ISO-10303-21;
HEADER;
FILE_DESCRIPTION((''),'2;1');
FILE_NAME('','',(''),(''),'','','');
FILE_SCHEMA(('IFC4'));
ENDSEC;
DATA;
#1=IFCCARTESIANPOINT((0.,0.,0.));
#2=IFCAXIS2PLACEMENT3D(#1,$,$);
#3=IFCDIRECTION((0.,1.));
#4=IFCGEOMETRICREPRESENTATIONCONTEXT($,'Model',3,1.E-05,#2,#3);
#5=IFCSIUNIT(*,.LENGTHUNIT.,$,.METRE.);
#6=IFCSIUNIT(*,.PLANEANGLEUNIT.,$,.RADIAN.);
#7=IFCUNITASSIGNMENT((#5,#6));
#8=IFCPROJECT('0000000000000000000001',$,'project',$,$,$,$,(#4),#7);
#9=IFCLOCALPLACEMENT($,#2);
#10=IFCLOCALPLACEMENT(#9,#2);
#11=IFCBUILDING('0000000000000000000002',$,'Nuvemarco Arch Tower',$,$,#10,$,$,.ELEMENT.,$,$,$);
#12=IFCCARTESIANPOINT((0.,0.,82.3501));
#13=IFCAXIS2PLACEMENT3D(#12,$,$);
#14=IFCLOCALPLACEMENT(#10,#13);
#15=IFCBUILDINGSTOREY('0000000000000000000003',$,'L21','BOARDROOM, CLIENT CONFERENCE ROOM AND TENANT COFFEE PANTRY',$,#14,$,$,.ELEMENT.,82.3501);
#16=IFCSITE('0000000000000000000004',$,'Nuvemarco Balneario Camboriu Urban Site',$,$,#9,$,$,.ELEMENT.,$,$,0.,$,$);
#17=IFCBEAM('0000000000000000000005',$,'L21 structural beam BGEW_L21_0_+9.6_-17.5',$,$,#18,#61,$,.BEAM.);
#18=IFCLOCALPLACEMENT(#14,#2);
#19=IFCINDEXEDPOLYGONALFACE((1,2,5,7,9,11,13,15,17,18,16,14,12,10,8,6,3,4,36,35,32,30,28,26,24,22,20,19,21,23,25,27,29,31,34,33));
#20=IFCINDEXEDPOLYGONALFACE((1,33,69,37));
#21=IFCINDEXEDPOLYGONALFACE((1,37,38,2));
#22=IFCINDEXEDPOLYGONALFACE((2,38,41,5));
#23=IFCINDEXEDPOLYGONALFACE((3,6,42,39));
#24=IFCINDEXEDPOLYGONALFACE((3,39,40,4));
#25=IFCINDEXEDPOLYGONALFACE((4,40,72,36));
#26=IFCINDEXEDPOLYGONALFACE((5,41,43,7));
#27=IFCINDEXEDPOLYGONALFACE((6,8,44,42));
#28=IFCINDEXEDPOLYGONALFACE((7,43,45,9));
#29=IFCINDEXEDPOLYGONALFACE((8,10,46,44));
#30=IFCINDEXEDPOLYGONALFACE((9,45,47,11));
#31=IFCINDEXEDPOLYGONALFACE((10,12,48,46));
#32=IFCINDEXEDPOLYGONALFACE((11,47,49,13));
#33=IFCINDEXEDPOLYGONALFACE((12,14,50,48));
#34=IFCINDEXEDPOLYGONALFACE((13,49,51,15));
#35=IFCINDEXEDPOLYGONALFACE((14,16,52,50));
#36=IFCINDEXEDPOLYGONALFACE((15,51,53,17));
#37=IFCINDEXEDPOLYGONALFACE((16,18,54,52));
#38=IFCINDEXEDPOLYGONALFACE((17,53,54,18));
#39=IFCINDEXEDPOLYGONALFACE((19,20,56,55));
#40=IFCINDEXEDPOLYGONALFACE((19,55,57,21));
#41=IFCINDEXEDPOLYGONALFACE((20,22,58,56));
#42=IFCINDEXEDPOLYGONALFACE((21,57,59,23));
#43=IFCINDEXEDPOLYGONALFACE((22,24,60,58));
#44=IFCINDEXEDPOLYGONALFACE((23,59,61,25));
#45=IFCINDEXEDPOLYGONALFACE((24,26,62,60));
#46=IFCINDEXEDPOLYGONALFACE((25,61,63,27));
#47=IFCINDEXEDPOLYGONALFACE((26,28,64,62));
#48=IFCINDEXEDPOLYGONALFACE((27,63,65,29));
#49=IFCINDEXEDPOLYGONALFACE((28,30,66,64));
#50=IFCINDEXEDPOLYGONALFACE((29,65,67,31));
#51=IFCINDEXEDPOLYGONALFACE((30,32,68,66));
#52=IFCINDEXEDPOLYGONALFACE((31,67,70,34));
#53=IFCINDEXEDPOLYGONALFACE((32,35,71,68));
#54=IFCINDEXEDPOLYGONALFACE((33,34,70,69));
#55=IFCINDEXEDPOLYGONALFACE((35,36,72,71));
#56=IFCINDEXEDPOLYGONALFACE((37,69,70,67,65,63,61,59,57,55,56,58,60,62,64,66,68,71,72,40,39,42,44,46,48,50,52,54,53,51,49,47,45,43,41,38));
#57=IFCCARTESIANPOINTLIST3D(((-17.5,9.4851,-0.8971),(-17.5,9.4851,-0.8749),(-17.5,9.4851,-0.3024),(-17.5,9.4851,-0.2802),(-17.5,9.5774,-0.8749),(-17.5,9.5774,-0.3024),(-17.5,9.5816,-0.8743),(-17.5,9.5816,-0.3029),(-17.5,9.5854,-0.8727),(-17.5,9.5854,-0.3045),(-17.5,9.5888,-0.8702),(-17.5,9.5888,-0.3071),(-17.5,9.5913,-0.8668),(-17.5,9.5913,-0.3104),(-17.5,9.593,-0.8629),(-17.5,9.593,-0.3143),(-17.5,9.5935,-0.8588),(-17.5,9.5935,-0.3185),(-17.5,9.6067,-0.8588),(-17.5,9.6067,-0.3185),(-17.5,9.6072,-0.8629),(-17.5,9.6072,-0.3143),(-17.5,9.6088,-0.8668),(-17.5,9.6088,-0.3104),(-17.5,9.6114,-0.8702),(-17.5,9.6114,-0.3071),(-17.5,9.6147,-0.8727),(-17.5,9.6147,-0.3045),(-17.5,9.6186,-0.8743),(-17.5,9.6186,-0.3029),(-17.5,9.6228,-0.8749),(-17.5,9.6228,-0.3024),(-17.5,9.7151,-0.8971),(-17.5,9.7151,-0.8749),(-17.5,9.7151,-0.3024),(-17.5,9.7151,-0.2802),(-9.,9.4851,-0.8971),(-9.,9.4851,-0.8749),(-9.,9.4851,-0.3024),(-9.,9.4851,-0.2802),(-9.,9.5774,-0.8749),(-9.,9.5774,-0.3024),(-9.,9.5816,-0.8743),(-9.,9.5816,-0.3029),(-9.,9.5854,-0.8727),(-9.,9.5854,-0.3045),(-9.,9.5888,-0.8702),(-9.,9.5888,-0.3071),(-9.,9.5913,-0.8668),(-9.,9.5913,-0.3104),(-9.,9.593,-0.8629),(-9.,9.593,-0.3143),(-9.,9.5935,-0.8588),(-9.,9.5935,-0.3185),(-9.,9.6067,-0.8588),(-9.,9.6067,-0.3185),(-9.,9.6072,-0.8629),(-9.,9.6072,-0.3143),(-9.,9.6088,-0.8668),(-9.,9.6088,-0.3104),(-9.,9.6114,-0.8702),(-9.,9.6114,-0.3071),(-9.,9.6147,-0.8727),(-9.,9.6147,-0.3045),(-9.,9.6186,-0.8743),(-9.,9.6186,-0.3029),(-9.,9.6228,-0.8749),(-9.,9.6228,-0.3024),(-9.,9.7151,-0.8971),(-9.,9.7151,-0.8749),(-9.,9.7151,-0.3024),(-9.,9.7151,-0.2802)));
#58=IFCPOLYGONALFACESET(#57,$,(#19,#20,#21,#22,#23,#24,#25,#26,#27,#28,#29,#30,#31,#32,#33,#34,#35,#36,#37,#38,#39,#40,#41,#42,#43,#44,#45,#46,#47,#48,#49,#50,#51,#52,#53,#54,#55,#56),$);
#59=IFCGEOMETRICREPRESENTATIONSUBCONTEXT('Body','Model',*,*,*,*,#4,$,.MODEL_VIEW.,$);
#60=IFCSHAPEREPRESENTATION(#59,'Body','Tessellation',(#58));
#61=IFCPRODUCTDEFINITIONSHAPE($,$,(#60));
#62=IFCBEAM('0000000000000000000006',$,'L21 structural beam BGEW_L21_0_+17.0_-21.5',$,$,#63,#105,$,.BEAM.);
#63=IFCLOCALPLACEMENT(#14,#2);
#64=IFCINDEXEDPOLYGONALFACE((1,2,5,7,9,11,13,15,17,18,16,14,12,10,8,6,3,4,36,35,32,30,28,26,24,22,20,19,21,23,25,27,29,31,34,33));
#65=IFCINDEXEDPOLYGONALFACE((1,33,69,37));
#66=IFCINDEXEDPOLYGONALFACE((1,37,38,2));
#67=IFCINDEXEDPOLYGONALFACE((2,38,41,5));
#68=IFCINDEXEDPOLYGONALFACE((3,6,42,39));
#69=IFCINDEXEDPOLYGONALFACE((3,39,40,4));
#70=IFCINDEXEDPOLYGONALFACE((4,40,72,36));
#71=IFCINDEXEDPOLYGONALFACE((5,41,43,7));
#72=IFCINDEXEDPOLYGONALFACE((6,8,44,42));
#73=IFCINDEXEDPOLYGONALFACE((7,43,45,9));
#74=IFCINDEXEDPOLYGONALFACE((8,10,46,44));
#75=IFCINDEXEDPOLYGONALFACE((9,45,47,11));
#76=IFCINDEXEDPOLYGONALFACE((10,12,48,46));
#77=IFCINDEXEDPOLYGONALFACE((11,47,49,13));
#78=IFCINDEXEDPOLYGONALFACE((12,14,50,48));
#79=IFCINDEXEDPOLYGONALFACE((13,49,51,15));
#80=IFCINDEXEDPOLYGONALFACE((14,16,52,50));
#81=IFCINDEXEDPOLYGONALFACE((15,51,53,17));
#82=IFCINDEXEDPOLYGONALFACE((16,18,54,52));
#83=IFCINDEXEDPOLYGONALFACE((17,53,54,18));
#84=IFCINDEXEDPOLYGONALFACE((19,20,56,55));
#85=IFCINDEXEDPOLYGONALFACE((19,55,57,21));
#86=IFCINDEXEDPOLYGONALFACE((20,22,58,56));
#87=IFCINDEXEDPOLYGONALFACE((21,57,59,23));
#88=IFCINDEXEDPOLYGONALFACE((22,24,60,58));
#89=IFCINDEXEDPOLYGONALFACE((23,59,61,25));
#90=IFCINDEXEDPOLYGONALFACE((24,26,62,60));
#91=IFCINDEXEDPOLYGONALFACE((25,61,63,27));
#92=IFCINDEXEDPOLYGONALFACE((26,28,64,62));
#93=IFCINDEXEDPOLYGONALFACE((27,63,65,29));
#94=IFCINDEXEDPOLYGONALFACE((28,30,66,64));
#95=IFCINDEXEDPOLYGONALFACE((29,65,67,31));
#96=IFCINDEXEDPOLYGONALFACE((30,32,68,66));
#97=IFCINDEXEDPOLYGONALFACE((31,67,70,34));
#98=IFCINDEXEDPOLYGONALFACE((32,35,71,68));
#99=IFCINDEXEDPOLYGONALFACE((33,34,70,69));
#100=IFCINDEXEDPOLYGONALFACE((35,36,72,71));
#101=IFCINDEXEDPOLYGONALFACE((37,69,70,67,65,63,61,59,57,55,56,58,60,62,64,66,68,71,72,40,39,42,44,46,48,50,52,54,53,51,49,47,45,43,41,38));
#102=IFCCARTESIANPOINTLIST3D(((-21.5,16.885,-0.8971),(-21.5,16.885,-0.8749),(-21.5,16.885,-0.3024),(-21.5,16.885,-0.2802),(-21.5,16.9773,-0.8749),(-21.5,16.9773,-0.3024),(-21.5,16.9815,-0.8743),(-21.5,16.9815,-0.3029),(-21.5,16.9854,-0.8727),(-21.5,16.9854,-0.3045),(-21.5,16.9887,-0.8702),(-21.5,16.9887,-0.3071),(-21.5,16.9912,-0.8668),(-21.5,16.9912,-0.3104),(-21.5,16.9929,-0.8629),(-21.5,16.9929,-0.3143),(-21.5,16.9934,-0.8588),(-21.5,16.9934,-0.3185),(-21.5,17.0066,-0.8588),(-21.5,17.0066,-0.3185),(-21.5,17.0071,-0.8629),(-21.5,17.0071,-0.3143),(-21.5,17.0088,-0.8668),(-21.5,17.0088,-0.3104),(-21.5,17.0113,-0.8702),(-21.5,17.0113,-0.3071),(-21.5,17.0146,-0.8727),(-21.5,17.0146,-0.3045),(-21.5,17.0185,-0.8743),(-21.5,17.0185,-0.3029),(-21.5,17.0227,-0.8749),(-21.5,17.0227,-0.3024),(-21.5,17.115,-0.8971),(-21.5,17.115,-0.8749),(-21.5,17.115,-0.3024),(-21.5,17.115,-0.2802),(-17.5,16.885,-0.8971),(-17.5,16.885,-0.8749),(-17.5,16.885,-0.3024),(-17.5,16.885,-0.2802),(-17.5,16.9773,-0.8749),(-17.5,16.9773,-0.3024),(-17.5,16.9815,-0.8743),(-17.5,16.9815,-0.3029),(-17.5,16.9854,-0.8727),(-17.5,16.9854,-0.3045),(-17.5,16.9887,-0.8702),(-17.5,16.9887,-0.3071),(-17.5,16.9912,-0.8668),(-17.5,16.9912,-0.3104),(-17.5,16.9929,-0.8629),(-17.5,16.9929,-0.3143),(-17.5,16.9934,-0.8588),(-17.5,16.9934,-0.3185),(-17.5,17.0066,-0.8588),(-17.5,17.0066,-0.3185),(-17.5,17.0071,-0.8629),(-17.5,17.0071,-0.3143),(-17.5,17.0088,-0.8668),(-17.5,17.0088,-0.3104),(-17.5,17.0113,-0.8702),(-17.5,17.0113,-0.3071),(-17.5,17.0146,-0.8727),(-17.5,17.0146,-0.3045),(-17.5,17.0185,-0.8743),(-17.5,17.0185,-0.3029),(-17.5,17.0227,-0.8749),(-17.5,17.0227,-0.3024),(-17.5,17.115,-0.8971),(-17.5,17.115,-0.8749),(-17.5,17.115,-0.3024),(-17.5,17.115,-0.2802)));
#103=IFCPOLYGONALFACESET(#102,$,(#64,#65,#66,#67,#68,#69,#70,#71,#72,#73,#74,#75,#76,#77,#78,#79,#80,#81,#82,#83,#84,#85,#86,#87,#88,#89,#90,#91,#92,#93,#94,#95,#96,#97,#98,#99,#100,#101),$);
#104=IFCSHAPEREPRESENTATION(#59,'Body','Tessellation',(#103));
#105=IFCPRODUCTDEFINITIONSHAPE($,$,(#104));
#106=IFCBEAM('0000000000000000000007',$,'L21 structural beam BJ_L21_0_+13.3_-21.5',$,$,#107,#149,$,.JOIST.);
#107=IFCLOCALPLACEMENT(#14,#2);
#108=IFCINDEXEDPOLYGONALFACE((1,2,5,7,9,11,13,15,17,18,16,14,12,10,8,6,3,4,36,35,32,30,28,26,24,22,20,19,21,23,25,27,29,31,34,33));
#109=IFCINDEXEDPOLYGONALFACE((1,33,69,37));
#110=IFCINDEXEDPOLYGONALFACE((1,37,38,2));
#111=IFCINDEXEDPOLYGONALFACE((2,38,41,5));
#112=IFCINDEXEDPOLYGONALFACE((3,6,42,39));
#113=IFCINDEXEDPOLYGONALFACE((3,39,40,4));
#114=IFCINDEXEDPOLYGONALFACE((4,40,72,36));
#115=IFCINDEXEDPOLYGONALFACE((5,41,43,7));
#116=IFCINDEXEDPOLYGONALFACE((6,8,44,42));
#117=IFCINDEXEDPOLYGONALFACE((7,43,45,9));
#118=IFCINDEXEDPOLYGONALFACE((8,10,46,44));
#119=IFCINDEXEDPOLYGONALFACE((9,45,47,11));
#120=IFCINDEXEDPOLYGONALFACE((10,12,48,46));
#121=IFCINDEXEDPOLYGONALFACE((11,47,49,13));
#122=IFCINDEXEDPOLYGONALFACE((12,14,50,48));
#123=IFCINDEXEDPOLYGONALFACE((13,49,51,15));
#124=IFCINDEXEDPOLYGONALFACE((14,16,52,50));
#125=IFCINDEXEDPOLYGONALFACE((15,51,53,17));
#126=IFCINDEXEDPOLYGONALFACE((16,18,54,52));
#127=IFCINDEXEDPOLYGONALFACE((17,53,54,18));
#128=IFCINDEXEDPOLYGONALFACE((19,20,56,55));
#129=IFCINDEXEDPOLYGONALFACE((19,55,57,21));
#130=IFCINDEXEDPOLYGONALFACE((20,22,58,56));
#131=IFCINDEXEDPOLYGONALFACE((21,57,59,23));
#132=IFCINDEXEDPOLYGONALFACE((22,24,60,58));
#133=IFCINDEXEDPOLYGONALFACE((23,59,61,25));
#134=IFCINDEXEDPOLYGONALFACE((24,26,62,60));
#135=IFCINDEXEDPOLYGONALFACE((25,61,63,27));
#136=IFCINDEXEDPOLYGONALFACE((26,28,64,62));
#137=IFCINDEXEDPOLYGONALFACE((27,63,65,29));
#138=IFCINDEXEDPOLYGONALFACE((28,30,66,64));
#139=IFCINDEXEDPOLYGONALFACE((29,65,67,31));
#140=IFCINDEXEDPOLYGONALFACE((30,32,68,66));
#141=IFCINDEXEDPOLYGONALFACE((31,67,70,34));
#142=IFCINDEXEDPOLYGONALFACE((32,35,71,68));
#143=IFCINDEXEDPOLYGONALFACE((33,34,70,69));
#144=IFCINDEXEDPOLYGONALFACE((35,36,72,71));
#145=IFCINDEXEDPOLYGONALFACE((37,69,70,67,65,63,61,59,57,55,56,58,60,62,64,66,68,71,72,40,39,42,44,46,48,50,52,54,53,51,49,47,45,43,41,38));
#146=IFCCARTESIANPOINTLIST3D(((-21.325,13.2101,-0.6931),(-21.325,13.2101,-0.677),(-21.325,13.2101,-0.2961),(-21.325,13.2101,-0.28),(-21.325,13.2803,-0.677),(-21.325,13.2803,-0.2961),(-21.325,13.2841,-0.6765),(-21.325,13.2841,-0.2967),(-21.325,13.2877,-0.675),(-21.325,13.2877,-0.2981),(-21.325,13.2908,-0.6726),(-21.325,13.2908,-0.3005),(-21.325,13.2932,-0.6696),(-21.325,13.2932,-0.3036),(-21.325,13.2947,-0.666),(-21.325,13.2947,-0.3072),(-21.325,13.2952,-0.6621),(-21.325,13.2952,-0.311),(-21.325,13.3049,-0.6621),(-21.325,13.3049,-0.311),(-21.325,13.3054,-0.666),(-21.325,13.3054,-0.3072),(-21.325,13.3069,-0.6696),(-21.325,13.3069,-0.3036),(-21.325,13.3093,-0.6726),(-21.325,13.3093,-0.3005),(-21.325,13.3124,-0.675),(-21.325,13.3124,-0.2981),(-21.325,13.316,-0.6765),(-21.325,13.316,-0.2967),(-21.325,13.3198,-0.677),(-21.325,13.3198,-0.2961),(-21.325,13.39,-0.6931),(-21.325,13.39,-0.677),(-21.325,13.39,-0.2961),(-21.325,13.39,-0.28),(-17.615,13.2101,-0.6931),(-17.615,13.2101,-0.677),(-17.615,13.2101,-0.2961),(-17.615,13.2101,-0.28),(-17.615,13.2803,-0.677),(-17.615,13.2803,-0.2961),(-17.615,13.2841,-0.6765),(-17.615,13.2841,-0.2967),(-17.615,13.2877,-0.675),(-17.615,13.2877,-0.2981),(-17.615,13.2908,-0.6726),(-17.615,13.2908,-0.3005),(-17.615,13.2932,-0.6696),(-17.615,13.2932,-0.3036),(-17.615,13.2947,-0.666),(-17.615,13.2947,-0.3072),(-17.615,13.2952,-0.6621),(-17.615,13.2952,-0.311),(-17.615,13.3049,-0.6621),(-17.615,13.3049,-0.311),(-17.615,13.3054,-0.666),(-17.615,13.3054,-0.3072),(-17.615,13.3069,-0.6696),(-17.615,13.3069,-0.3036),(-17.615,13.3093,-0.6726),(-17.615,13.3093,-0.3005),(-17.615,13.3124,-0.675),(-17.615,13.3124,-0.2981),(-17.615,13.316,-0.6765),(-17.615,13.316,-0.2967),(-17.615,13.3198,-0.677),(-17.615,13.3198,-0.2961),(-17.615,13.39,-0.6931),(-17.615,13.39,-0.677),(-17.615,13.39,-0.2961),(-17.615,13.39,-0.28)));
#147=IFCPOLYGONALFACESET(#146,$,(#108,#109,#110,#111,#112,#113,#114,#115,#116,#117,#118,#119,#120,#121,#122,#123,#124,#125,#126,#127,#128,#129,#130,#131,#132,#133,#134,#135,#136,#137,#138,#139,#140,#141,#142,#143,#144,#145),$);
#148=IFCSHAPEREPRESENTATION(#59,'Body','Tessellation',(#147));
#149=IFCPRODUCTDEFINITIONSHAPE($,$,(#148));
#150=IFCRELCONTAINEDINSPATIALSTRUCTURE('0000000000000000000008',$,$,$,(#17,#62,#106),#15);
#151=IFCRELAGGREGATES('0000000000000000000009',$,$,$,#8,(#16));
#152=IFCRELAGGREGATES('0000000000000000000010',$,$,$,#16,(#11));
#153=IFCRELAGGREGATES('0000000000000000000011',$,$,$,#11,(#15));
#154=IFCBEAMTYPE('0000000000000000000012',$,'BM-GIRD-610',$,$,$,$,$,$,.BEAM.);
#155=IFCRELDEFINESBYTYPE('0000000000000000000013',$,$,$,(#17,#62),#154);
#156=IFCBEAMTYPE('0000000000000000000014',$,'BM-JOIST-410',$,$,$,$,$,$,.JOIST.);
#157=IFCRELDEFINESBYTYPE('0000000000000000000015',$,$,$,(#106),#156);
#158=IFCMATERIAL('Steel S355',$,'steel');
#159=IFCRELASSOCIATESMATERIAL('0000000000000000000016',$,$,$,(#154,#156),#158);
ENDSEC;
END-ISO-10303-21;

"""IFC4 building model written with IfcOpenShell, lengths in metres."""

from ifc_helpers import new_model, si_unit, direction, frame, origin, origin_2d, place, context, subcontext, project, spatial, i_section, extrude, material, material_profile, profile_set, type_object, element, save


model = new_model("IFC4")

# Units and contexts
model_context = context("Model", 3, precision=1e-05, world=origin(), true_north=direction((0.0, 1.0)))
body_context = subcontext(model_context, "Body", "Model", "MODEL_VIEW")
ifc_project = project(units=[si_unit("LENGTHUNIT", "METRE"), si_unit("PLANEANGLEUNIT", "RADIAN")], contexts=[model_context])

# Site, building, storey
site_placement = place(None, origin())
site = spatial("IfcSite", under=ifc_project, at=site_placement, Name="Nuvemarco Balneario Camboriu Urban Site", CompositionType="ELEMENT", RefElevation=0.0)
building_placement = place(site_placement, origin())
building = spatial("IfcBuilding", under=site, at=building_placement, Name="Nuvemarco Arch Tower", CompositionType="ELEMENT")
storey_placement = place(building_placement, frame((0.0, 0.0, 82.3501)))
storey = spatial("IfcBuildingStorey", under=building, at=storey_placement, Name="L21", Description="BOARDROOM, CLIENT CONFERENCE ROOM AND TENANT COFFEE PANTRY", CompositionType="ELEMENT", Elevation=82.3501)

# Shared definitions
ifc_material_1 = material(Name="Steel S355", Category="steel")

# Beams
ifc_material_profile_1 = material_profile(ifc_material_1, i_section(OverallWidth=0.23, OverallDepth=0.6169, WebThickness=0.0132, FlangeThickness=0.0222, FilletRadius=0.0161, at=origin_2d()), Name="W610x140")
ifc_profile_set_1 = profile_set([ifc_material_profile_1], Name="Steel S355")
beam_type_1 = type_object("IfcBeamType", Name="BM-GIRD-610", PredefinedType="BEAM", material=ifc_profile_set_1)
beam_1_placement = place(storey_placement, frame((-17.5, 9.6001, -0.5886), z_axis=(1.0, 0.0, 0.0), x_axis=(0.0, 1.0, 0.0)))
element("IfcBeam", 1, at=beam_1_placement, inside=storey, type_object=beam_type_1, Name="L21 structural beam BGEW_L21_0_+9.6_-17.5", PredefinedType="BEAM", context=body_context, shape_type="SweptSolid", body=[
    extrude(i_section(OverallWidth=0.23, OverallDepth=0.6169, WebThickness=0.0132, FlangeThickness=0.0222, FilletRadius=0.0161, at=origin_2d()), origin(), (0.0, 0.0, 1.0), 8.5),
])
beam_2_placement = place(storey_placement, frame((-21.5, 17.0, -0.5886), z_axis=(1.0, 0.0, 0.0), x_axis=(0.0, 1.0, 0.0)))
element("IfcBeam", 2, at=beam_2_placement, inside=storey, type_object=beam_type_1, Name="L21 structural beam BGEW_L21_0_+17.0_-21.5", PredefinedType="BEAM", context=body_context, shape_type="SweptSolid", body=[
    extrude(i_section(OverallWidth=0.23, OverallDepth=0.6169, WebThickness=0.0132, FlangeThickness=0.0222, FilletRadius=0.0161, at=origin_2d()), origin(), (0.0, 0.0, 1.0), 4.0),
])
ifc_material_profile_2 = material_profile(ifc_material_1, i_section(OverallWidth=0.1799, OverallDepth=0.4131, WebThickness=0.0098, FlangeThickness=0.0161, FilletRadius=0.0149, at=origin_2d()), Name="W410x75")
ifc_profile_set_2 = profile_set([ifc_material_profile_2], Name="Steel S355")
beam_type_2 = type_object("IfcBeamType", Name="BM-JOIST-410", PredefinedType="JOIST", material=ifc_profile_set_2)
beam_3_placement = place(storey_placement, frame((-21.325, 13.3, -0.4866), z_axis=(1.0, 0.0, 0.0), x_axis=(0.0, 1.0, 0.0)))
element("IfcBeam", 3, at=beam_3_placement, inside=storey, type_object=beam_type_2, Name="L21 structural beam BJ_L21_0_+13.3_-21.5", PredefinedType="JOIST", context=body_context, shape_type="SweptSolid", body=[
    extrude(i_section(OverallWidth=0.1799, OverallDepth=0.4131, WebThickness=0.0098, FlangeThickness=0.0161, FilletRadius=0.0149, at=origin_2d()), origin(), (0.0, 0.0, 1.0), 3.71),
])

save(model, "model.ifc")
